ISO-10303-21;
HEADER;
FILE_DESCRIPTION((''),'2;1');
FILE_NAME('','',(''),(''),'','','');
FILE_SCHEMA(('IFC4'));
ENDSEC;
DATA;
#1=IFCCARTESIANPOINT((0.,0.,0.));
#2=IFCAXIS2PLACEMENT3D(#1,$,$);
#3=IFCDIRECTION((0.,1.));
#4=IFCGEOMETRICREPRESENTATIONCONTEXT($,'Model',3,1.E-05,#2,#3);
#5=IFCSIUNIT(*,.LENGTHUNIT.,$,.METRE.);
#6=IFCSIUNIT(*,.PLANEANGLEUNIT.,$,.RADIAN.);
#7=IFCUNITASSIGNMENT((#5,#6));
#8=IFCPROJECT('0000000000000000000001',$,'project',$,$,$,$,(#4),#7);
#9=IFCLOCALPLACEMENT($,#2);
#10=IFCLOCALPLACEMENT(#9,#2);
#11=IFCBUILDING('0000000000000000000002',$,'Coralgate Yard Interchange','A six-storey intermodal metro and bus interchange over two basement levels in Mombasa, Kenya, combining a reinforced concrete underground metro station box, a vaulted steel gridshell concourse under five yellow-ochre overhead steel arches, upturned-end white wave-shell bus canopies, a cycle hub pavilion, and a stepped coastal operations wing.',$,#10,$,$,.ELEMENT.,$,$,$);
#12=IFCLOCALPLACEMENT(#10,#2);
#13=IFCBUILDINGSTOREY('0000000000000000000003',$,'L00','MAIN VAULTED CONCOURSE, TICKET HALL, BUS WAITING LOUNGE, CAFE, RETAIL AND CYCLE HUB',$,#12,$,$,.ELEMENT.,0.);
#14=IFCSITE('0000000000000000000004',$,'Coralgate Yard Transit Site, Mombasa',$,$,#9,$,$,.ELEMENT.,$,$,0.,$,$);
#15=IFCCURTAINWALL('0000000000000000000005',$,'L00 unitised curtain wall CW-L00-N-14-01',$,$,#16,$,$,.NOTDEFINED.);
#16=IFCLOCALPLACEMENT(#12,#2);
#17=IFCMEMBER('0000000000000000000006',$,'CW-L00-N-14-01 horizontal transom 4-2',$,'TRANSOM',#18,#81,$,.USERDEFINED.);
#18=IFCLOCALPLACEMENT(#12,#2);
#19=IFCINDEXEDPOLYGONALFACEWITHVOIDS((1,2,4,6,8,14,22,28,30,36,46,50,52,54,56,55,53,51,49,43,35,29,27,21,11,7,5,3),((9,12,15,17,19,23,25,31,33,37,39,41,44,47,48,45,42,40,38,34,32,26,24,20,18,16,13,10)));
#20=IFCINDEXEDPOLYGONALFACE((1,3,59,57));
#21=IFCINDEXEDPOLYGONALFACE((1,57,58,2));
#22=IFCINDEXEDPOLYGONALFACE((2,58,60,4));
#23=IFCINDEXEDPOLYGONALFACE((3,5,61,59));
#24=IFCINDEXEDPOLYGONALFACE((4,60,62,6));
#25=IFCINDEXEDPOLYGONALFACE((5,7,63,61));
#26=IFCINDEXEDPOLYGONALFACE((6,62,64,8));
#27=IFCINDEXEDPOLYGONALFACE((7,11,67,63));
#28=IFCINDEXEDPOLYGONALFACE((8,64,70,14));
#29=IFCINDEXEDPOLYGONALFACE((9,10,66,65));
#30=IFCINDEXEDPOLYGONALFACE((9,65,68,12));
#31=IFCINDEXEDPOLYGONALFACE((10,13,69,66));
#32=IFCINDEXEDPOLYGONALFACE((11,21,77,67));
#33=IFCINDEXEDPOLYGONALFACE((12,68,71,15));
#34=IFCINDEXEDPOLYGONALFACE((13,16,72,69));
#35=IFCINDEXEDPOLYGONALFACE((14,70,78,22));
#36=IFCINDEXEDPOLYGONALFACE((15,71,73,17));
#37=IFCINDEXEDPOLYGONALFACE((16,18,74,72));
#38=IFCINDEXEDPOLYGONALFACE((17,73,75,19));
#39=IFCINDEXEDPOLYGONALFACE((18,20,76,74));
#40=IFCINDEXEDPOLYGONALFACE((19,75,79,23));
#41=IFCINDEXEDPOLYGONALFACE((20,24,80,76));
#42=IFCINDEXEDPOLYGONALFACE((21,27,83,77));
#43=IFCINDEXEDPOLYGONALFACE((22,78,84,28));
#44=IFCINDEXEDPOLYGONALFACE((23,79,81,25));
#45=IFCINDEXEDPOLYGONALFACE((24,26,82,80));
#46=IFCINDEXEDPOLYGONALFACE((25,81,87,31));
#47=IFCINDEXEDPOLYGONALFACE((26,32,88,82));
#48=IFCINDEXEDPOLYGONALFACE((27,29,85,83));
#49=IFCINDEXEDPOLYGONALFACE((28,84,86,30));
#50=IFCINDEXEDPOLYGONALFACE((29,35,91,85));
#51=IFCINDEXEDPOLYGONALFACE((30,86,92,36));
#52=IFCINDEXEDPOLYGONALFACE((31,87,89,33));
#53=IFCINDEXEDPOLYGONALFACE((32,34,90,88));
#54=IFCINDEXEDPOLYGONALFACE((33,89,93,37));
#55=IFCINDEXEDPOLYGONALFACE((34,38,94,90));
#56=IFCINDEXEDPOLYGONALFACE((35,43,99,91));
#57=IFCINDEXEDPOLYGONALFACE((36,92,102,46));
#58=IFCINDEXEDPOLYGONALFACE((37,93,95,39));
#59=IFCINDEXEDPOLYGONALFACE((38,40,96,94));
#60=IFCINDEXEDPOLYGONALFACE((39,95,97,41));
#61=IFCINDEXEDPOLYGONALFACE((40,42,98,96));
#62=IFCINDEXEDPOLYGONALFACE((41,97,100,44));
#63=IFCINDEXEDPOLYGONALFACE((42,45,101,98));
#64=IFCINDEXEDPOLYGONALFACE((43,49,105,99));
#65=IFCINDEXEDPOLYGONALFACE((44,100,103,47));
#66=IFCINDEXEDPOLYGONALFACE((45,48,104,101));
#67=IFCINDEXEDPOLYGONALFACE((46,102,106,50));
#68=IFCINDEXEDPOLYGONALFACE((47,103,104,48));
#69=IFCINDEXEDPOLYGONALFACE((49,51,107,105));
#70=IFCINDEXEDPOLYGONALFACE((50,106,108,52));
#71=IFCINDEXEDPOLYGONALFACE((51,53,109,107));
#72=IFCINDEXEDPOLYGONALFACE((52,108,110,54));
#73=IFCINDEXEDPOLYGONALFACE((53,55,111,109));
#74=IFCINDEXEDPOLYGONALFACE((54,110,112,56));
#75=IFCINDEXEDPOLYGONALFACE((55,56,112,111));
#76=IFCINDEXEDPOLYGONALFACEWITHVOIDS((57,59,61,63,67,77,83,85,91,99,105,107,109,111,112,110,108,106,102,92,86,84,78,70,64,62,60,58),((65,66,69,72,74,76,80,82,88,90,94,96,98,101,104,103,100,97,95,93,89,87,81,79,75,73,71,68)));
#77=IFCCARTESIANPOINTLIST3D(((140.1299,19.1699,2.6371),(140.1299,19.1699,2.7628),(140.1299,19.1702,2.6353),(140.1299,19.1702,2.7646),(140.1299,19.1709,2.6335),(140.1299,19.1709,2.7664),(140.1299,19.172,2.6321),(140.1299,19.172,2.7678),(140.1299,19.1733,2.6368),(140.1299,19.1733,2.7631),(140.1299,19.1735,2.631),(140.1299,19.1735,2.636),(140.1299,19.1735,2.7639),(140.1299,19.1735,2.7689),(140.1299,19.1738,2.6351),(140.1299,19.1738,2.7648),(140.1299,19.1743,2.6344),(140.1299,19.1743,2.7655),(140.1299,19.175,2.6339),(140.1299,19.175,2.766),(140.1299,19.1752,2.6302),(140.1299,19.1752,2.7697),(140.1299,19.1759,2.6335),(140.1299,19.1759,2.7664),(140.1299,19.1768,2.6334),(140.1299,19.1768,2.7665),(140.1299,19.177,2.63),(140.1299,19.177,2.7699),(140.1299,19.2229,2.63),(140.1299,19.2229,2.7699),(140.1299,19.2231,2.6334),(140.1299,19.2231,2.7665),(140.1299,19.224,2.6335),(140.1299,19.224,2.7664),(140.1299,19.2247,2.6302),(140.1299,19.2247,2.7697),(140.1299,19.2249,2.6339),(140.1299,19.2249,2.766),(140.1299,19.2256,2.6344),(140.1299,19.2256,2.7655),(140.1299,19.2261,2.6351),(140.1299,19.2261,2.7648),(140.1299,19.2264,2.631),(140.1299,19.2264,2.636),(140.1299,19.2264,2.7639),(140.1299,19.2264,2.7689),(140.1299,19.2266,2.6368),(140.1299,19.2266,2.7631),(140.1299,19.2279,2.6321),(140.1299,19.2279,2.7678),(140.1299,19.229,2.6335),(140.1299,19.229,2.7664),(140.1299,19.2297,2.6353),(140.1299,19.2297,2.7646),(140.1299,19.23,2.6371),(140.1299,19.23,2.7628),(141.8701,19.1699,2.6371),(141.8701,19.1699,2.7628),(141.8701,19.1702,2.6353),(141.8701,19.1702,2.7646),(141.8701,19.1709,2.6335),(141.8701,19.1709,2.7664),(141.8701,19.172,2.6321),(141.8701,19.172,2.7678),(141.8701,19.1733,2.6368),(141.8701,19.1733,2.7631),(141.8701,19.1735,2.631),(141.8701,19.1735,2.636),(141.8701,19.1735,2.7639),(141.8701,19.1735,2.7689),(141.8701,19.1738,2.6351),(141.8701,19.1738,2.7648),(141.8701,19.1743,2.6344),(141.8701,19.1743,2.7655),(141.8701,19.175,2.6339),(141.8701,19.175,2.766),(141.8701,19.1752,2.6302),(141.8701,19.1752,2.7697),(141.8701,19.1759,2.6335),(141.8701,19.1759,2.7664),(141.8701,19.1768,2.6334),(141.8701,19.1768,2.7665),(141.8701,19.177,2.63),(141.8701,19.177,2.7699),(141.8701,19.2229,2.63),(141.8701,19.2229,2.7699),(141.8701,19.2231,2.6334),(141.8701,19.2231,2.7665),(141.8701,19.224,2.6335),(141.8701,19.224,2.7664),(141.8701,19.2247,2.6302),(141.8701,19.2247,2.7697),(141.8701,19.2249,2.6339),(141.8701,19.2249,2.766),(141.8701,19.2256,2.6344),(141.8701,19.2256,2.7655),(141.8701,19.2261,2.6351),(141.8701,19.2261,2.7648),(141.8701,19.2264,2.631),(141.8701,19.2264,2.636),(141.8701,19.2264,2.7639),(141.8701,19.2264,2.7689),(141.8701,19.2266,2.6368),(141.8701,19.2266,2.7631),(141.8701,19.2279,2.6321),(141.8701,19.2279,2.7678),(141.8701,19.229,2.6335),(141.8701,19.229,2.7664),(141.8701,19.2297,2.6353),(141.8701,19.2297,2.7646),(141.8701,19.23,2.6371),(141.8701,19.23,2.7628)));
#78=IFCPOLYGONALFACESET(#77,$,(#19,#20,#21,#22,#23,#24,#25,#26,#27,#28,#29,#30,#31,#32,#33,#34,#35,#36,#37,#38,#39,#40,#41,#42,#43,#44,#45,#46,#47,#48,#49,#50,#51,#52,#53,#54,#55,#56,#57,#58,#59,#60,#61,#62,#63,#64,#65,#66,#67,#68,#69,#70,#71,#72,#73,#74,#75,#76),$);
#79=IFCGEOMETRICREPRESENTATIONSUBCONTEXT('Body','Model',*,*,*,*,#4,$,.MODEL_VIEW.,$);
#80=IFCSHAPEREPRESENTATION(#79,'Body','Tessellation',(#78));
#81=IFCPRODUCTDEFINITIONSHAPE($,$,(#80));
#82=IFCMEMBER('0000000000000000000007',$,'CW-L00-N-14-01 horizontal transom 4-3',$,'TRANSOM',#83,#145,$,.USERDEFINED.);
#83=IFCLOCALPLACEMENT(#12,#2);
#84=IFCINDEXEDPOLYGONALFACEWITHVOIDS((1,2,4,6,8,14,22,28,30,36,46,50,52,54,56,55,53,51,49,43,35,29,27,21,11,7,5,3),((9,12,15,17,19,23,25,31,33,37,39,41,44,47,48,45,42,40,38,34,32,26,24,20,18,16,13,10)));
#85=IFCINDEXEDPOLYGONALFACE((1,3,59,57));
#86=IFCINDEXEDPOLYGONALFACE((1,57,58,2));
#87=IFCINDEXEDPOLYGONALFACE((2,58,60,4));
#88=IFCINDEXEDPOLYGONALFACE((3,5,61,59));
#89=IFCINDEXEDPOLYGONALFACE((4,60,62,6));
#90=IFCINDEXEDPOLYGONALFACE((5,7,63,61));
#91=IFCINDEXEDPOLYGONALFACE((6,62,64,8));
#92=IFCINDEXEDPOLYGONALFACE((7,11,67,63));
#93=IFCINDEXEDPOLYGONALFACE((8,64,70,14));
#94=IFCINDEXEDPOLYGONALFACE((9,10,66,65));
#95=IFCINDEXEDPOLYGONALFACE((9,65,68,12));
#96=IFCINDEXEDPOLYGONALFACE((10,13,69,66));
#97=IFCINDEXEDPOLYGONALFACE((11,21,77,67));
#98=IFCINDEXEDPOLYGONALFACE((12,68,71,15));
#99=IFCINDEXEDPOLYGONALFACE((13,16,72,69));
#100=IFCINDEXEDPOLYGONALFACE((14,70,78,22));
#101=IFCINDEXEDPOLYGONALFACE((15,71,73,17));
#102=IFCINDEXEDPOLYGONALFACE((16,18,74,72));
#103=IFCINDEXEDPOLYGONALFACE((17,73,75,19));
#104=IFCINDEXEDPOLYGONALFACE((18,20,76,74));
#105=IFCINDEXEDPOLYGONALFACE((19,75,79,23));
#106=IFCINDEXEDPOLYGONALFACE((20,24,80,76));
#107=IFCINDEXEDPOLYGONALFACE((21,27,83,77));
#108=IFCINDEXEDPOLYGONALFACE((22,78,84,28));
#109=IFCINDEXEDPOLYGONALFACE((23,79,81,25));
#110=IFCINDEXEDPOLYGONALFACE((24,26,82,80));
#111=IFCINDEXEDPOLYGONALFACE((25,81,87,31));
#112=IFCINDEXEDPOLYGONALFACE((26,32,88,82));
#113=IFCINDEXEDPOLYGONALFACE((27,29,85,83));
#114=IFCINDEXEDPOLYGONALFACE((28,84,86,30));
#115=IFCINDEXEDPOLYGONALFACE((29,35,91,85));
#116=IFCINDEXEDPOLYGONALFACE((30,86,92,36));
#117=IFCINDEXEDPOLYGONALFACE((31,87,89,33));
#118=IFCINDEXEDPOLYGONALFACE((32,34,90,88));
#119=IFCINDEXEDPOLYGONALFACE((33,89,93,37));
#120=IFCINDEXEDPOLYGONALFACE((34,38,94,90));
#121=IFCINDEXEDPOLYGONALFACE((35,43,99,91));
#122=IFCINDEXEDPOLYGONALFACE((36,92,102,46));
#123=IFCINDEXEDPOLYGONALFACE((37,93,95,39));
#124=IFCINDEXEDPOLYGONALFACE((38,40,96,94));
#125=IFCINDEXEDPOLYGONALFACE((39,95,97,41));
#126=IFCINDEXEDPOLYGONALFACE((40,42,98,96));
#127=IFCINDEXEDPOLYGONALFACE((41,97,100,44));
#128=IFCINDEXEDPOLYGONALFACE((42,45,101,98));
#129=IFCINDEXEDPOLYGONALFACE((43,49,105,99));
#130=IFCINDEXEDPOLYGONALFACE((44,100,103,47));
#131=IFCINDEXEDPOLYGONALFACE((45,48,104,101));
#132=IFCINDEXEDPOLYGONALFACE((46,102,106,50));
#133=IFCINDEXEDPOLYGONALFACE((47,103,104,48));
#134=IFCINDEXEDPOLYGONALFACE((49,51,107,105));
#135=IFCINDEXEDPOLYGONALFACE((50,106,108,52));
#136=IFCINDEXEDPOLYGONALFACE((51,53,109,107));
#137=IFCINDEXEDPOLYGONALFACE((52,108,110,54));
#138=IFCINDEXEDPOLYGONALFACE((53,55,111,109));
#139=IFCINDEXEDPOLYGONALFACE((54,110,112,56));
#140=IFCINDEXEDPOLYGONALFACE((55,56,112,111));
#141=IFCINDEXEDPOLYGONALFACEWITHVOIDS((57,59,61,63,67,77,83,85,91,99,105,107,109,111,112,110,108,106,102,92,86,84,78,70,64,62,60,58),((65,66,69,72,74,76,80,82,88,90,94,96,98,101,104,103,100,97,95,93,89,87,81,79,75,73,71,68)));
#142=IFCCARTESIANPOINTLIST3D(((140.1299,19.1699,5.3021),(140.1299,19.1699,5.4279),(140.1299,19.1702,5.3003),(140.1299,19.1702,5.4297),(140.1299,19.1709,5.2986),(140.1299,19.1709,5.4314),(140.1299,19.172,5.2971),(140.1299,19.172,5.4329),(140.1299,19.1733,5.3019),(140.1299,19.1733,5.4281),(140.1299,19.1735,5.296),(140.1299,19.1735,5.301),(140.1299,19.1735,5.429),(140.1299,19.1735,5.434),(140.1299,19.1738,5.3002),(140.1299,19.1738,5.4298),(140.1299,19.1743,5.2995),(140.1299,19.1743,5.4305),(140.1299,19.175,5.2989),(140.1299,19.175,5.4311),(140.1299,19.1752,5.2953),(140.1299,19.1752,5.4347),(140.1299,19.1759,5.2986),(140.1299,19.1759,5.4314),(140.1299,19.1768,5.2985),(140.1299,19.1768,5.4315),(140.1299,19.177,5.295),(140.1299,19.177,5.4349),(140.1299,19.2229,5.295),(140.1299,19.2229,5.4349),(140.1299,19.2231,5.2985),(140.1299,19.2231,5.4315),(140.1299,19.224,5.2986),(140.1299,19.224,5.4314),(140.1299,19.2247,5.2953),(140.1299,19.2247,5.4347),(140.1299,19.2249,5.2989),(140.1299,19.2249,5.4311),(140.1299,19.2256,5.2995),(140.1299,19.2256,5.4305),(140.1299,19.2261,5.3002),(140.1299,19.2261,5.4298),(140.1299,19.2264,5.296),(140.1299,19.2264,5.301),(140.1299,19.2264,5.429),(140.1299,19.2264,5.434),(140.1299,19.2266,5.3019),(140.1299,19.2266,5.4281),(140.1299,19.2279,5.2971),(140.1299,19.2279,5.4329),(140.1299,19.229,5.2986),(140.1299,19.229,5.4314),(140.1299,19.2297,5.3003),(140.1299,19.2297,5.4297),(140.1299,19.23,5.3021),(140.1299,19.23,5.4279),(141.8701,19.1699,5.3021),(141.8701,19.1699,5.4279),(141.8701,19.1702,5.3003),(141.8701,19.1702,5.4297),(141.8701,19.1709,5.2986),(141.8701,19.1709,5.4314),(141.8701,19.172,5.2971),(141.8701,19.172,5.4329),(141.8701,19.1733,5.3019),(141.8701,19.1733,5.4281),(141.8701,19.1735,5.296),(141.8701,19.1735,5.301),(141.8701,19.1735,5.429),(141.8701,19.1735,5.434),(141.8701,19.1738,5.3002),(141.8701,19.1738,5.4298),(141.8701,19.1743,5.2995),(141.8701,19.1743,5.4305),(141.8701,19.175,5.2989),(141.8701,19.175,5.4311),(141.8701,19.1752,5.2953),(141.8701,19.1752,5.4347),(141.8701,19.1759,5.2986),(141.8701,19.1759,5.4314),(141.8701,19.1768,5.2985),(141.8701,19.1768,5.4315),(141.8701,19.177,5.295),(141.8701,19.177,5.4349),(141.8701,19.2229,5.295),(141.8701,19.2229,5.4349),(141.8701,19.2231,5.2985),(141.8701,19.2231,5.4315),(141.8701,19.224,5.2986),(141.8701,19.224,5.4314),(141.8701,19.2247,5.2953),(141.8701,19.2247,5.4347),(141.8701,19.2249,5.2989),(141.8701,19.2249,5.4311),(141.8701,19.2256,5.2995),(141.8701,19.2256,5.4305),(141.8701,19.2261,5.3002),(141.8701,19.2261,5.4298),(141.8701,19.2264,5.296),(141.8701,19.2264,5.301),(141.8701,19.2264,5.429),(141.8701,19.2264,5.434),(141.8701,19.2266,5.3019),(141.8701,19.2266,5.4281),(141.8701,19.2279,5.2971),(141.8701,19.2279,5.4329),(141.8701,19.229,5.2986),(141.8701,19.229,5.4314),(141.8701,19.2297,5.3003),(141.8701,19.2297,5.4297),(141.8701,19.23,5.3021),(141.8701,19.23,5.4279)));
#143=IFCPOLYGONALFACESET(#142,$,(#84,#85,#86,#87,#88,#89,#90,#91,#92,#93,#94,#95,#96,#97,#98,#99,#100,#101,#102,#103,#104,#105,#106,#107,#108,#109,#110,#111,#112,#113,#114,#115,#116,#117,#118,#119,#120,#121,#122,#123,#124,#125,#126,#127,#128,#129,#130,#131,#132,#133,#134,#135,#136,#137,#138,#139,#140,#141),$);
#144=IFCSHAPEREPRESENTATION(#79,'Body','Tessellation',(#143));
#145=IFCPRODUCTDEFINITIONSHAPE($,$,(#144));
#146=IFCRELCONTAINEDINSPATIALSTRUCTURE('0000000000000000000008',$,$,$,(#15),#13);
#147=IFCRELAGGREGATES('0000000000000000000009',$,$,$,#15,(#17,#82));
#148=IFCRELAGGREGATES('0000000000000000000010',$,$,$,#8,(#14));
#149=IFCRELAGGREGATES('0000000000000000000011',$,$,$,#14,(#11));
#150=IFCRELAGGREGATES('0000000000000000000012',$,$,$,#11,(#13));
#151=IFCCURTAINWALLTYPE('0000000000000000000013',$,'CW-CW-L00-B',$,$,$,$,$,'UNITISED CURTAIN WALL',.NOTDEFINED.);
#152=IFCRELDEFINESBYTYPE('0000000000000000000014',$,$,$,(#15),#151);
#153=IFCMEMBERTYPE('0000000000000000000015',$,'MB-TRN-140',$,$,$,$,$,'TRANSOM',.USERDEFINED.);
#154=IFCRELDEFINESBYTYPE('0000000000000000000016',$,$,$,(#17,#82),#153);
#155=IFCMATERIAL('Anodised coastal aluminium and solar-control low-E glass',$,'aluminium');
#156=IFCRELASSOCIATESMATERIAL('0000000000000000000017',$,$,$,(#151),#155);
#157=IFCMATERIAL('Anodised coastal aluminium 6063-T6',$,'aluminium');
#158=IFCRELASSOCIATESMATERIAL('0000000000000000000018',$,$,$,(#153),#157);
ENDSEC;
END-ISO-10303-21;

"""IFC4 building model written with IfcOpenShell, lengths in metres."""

from ifc_helpers import new_model, si_unit, direction, frame, origin, origin_2d, place, context, subcontext, project, spatial, hollow_rectangle, extrude, material, material_profile, profile_set, type_object, element, aggregate, save


model = new_model("IFC4")

# Units and contexts
model_context = context("Model", 3, precision=1e-05, world=origin(), true_north=direction((0.0, 1.0)))
body_context = subcontext(model_context, "Body", "Model", "MODEL_VIEW")
ifc_project = project(units=[si_unit("LENGTHUNIT", "METRE"), si_unit("PLANEANGLEUNIT", "RADIAN")], contexts=[model_context])

# Site, building, storey
site_placement = place(None, origin())
site = spatial("IfcSite", under=ifc_project, at=site_placement, Name="Coralgate Yard Transit Site, Mombasa", CompositionType="ELEMENT", RefElevation=0.0)
building_placement = place(site_placement, origin())
building = spatial("IfcBuilding", under=site, at=building_placement, Name="Coralgate Yard Interchange", Description="A six-storey intermodal metro and bus interchange over two basement levels in Mombasa, Kenya, combining a reinforced concrete underground metro station box, a vaulted steel gridshell concourse under five yellow-ochre overhead steel arches, upturned-end white wave-shell bus canopies, a cycle hub pavilion, and a stepped coastal operations wing.", CompositionType="ELEMENT")
storey_placement = place(building_placement, origin())
storey = spatial("IfcBuildingStorey", under=building, at=storey_placement, Name="L00", Description="MAIN VAULTED CONCOURSE, TICKET HALL, BUS WAITING LOUNGE, CAFE, RETAIL AND CYCLE HUB", CompositionType="ELEMENT", Elevation=0.0)

# Curtain wall, members
ifc_material_1 = material(Name="Anodised coastal aluminium and solar-control low-E glass", Category="aluminium")
curtain_wall_type = type_object("IfcCurtainWallType", Name="CW-CW-L00-B", ElementType="UNITISED CURTAIN WALL", PredefinedType="NOTDEFINED", material=ifc_material_1)
curtain_wall_placement = place(storey_placement, origin())
curtain_wall = element("IfcCurtainWall", 1, at=curtain_wall_placement, inside=storey, type_object=curtain_wall_type, Name="L00 unitised curtain wall CW-L00-N-14-01", PredefinedType="NOTDEFINED")
ifc_material_2 = material(Name="Anodised coastal aluminium 6063-T6", Category="aluminium")
ifc_material_profile_1 = material_profile(ifc_material_2, hollow_rectangle(XDim=0.0601, YDim=0.1399, WallThickness=0.0034, InnerFilletRadius=0.0034, OuterFilletRadius=0.0071, at=origin_2d()), Name="ALU 60x140x3.5")
ifc_profile_set_1 = profile_set([ifc_material_profile_1], Name="Anodised coastal aluminium 6063-T6")
member_type_1 = type_object("IfcMemberType", Name="MB-TRN-140", ElementType="TRANSOM", PredefinedType="USERDEFINED", material=ifc_profile_set_1)
member_1_placement = place(storey_placement, frame((140.1299, 19.2, 2.7), z_axis=(1.0, 0.0, 0.0), x_axis=(0.0, 1.0, 0.0)))
member_1 = element("IfcMember", 2, at=member_1_placement, type_object=member_type_1, Name="CW-L00-N-14-01 horizontal transom 4-2", ObjectType="TRANSOM", PredefinedType="USERDEFINED", context=body_context, shape_type="SweptSolid", body=[
    extrude(hollow_rectangle(XDim=0.0601, YDim=0.1399, WallThickness=0.0034, InnerFilletRadius=0.0034, OuterFilletRadius=0.0071, at=origin_2d()), origin(), (0.0, 0.0, 1.0), 1.7402),
])
member_2_placement = place(storey_placement, frame((140.1299, 19.2, 5.365), z_axis=(1.0, 0.0, 0.0), x_axis=(0.0, 1.0, 0.0)))
member_2 = element("IfcMember", 3, at=member_2_placement, type_object=member_type_1, Name="CW-L00-N-14-01 horizontal transom 4-3", ObjectType="TRANSOM", PredefinedType="USERDEFINED", context=body_context, shape_type="SweptSolid", body=[
    extrude(hollow_rectangle(XDim=0.0601, YDim=0.1399, WallThickness=0.0034, InnerFilletRadius=0.0034, OuterFilletRadius=0.0071, at=origin_2d()), origin(), (0.0, 0.0, 1.0), 1.7402),
])
aggregate(curtain_wall, [member_1, member_2])

save(model, "model.ifc")
